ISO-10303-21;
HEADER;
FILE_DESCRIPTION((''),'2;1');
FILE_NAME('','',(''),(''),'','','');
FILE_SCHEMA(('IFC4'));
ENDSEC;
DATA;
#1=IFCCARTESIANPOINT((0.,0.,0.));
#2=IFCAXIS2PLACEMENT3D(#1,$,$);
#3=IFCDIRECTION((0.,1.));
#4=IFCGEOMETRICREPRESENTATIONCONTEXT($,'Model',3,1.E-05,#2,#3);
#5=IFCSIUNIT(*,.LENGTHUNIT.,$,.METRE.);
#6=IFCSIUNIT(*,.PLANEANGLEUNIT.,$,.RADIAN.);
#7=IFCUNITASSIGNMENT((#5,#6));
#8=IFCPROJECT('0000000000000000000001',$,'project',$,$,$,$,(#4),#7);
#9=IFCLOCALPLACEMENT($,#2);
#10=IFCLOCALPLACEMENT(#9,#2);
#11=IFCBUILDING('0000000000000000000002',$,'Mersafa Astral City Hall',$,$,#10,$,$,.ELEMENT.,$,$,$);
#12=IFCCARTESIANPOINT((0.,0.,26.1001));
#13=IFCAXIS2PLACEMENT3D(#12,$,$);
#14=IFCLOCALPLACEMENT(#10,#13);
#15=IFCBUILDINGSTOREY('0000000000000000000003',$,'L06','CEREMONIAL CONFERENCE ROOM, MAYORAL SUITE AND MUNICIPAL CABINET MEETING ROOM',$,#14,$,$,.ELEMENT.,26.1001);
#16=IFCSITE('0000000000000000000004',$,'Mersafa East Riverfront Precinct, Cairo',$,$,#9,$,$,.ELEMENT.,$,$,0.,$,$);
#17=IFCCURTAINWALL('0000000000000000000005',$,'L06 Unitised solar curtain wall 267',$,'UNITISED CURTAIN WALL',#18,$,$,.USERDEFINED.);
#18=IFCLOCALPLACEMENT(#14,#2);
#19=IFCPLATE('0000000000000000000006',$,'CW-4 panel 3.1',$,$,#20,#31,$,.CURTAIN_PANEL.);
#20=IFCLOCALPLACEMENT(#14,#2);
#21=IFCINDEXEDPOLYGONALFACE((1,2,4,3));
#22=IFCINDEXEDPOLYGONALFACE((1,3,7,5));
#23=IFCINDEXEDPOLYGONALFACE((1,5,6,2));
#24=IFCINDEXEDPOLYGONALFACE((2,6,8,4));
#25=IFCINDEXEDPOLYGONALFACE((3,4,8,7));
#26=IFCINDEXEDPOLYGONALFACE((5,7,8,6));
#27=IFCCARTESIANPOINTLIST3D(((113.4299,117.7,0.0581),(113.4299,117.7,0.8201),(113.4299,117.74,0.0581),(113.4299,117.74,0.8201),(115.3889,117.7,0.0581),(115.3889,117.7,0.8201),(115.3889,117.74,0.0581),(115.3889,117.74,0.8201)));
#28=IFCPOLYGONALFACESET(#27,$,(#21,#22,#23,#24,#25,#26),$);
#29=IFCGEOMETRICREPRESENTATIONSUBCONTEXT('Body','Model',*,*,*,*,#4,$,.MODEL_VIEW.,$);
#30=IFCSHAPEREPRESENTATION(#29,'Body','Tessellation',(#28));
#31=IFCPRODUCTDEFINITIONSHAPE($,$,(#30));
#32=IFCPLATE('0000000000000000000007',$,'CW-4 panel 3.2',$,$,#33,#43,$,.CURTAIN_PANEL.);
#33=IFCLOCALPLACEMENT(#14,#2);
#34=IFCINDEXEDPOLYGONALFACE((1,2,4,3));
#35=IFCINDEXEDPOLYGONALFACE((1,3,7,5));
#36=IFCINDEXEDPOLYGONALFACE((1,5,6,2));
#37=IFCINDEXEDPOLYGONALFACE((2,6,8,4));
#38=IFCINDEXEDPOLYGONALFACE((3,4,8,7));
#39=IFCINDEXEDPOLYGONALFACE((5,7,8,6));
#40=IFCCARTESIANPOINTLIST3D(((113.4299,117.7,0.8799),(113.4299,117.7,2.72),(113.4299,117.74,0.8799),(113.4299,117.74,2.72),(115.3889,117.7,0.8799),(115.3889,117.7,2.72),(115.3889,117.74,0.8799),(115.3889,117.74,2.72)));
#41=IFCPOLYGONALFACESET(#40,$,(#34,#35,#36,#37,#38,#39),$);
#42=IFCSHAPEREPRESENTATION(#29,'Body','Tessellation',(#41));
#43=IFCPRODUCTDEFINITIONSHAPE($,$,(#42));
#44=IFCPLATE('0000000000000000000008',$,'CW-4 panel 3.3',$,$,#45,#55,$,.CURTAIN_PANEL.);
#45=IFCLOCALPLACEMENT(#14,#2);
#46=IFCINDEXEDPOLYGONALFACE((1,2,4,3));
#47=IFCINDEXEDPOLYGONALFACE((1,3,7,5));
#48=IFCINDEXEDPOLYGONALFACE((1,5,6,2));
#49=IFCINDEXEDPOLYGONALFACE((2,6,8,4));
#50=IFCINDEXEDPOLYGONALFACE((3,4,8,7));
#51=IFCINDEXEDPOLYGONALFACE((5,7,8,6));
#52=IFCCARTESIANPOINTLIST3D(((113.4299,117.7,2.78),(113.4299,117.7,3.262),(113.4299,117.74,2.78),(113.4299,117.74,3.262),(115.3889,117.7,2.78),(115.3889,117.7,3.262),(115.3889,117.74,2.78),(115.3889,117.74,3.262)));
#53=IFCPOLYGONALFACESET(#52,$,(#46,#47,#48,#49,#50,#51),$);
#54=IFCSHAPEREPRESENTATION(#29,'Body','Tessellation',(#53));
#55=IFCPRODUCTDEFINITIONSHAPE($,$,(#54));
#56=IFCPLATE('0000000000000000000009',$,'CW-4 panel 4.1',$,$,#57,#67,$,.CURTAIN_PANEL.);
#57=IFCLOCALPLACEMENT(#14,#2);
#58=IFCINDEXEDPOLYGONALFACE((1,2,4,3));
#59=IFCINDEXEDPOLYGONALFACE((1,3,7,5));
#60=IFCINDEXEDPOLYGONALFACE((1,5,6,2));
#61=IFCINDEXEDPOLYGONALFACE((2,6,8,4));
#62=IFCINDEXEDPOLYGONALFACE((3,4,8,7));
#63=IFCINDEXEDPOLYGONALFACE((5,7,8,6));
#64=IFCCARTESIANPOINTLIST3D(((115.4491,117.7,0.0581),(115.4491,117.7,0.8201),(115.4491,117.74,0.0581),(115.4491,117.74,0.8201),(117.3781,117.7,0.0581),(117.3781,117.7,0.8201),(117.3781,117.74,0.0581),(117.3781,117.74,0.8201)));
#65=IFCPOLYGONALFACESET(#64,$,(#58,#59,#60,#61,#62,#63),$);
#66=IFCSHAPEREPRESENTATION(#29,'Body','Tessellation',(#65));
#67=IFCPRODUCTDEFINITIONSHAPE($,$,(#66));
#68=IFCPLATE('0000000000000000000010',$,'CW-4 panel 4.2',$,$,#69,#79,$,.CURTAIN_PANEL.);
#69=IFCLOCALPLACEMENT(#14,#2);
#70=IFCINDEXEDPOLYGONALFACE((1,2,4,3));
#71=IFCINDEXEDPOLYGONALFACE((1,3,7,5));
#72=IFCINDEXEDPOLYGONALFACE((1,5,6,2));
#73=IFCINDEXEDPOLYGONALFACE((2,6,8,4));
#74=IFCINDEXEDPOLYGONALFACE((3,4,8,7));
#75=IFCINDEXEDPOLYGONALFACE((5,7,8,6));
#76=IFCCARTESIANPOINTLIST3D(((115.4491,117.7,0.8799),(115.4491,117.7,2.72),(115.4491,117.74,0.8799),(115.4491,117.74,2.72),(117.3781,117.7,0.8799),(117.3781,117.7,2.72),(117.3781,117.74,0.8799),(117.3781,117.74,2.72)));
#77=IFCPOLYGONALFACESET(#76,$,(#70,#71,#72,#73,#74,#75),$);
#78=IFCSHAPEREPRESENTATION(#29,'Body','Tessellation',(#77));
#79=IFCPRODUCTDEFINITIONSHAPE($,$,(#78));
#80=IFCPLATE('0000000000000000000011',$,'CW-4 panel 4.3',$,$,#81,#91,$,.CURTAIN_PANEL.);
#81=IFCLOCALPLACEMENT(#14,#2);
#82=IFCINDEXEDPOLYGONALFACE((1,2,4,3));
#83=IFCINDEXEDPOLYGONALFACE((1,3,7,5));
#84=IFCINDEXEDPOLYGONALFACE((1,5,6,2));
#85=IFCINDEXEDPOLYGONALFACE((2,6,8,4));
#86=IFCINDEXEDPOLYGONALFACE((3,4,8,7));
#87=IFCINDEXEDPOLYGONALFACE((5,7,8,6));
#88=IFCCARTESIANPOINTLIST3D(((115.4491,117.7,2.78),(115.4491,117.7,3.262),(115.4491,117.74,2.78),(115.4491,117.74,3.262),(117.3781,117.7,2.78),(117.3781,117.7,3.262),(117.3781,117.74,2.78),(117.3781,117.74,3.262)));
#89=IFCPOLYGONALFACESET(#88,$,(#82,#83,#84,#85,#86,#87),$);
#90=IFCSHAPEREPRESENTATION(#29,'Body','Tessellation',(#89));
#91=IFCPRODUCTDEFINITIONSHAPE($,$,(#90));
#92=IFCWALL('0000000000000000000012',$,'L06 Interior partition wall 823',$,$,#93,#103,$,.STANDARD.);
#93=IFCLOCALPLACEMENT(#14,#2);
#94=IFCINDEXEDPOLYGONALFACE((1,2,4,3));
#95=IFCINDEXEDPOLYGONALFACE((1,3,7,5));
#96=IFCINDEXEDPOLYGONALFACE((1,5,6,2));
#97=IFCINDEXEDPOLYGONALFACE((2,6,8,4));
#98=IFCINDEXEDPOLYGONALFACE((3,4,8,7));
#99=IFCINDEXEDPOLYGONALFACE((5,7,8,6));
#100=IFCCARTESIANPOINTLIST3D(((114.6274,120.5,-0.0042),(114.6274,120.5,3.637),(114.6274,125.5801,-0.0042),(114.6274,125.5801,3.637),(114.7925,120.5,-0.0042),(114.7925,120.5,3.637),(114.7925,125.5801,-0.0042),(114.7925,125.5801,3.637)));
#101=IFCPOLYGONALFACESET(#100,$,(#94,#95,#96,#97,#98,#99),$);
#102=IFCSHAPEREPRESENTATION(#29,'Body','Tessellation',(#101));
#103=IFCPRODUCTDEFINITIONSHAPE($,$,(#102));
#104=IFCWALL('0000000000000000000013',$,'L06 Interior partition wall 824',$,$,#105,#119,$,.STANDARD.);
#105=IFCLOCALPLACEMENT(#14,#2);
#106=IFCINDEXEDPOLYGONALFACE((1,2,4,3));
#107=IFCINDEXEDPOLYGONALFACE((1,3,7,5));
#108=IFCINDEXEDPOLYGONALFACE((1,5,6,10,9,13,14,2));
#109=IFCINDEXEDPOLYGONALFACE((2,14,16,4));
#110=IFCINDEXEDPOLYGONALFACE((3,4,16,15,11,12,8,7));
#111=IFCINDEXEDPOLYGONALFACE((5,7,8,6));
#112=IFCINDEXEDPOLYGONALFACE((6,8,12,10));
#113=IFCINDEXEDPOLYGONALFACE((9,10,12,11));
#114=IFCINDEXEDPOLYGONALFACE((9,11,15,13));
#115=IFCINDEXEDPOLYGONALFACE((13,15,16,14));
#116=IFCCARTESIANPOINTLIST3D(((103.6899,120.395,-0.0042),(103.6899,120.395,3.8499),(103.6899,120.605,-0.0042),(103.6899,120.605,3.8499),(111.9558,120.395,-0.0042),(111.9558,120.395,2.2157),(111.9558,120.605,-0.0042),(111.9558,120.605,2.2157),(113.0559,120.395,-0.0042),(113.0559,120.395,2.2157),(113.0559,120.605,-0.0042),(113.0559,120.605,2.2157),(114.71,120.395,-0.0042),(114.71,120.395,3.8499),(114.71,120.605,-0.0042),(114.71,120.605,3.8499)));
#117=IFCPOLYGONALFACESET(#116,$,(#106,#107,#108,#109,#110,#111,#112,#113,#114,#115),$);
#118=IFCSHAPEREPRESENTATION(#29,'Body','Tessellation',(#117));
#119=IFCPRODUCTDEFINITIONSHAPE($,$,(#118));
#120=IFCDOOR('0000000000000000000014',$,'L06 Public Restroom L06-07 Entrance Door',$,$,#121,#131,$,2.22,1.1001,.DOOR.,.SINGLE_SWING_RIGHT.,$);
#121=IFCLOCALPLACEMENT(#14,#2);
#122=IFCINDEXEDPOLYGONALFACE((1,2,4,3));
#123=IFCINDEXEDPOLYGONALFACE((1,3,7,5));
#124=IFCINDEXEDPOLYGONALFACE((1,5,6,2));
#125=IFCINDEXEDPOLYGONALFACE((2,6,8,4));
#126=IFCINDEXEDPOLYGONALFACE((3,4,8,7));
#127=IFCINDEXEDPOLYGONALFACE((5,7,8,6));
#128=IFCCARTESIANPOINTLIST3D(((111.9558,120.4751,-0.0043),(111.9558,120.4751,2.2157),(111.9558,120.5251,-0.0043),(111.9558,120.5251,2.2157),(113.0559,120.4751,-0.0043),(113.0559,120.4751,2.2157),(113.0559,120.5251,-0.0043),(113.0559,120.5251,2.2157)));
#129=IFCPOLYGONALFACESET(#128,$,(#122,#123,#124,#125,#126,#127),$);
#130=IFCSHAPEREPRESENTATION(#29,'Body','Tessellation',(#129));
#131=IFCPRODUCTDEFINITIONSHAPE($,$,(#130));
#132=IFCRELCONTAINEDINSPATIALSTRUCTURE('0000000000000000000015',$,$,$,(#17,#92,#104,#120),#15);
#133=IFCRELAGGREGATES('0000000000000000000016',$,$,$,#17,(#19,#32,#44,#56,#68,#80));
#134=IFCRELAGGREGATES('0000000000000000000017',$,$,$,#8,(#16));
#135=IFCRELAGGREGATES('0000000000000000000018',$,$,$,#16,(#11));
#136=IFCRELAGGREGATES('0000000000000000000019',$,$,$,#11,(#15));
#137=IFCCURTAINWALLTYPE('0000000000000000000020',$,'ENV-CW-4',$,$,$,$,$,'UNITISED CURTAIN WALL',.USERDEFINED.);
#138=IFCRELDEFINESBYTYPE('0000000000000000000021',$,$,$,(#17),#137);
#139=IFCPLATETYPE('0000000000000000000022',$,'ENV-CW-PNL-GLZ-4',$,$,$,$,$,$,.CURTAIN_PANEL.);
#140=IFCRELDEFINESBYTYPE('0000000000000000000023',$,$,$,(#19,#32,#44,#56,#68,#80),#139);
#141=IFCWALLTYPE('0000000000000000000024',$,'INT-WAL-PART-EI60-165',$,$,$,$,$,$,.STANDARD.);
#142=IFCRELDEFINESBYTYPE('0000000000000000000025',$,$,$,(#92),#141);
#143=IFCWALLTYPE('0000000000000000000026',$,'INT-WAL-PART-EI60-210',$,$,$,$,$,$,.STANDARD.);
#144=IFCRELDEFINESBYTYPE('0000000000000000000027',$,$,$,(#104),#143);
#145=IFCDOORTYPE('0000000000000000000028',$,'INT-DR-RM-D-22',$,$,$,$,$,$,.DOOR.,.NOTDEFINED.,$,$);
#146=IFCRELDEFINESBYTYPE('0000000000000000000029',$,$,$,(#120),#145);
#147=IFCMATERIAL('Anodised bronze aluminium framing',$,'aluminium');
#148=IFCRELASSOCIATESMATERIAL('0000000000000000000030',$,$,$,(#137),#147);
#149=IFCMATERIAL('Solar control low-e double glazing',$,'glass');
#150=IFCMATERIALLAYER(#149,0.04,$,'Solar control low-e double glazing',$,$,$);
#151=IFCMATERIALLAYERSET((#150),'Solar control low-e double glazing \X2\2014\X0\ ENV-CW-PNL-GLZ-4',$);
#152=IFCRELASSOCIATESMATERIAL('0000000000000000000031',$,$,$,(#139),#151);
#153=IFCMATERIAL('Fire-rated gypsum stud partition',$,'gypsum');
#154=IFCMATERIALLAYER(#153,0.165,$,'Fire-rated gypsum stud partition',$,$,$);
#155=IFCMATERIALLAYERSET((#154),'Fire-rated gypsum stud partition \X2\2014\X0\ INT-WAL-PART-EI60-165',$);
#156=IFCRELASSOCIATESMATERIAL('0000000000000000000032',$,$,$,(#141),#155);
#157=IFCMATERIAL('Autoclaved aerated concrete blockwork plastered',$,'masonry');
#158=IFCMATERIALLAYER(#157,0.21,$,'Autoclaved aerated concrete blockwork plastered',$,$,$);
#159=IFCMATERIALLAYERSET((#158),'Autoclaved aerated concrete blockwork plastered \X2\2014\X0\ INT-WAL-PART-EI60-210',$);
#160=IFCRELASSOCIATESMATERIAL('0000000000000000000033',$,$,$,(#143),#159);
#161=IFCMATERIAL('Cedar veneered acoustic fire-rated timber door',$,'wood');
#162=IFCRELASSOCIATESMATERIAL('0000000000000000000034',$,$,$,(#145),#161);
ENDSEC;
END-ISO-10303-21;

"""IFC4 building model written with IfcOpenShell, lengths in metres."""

from ifc_helpers import new_model, si_unit, direction, frame, frame_2d, origin, origin_2d, place, context, subcontext, project, spatial, rectangle, extrude, material, layer, layer_set, type_object, element, fill, aggregate, save


model = new_model("IFC4")

# Units and contexts
model_context = context("Model", 3, precision=1e-05, world=origin(), true_north=direction((0.0, 1.0)))
body_context = subcontext(model_context, "Body", "Model", "MODEL_VIEW")
ifc_project = project(units=[si_unit("LENGTHUNIT", "METRE"), si_unit("PLANEANGLEUNIT", "RADIAN")], contexts=[model_context])

# Site, building, storey
site_placement = place(None, origin())
site = spatial("IfcSite", under=ifc_project, at=site_placement, Name="Mersafa East Riverfront Precinct, Cairo", CompositionType="ELEMENT", RefElevation=0.0)
building_placement = place(site_placement, origin())
building = spatial("IfcBuilding", under=site, at=building_placement, Name="Mersafa Astral City Hall", CompositionType="ELEMENT")
storey_placement = place(building_placement, frame((0.0, 0.0, 26.1001)))
storey = spatial("IfcBuildingStorey", under=building, at=storey_placement, Name="L06", Description="CEREMONIAL CONFERENCE ROOM, MAYORAL SUITE AND MUNICIPAL CABINET MEETING ROOM", CompositionType="ELEMENT", Elevation=26.1001)

# Curtain wall
ifc_material_1 = material(Name="Anodised bronze aluminium framing", Category="aluminium")
curtain_wall_type_1 = type_object("IfcCurtainWallType", Name="ENV-CW-4", ElementType="UNITISED CURTAIN WALL", PredefinedType="USERDEFINED", material=ifc_material_1)
curtain_wall_1_placement = place(storey_placement, origin())
curtain_wall_1 = element("IfcCurtainWall", 1, at=curtain_wall_1_placement, inside=storey, type_object=curtain_wall_type_1, Name="L06 Unitised solar curtain wall 267", ObjectType="UNITISED CURTAIN WALL", PredefinedType="USERDEFINED")

# Shared definitions
ifc_material_2 = material(Name="Solar control low-e double glazing", Category="glass")

# Plates
ifc_layer_1 = layer(ifc_material_2, 0.04, Name="Solar control low-e double glazing")
ifc_layer_set_1 = layer_set([ifc_layer_1], Name="Solar control low-e double glazing — ENV-CW-PNL-GLZ-4")
plate_type_1 = type_object("IfcPlateType", Name="ENV-CW-PNL-GLZ-4", PredefinedType="CURTAIN_PANEL", material=ifc_layer_set_1)
plate_1_placement = place(storey_placement, frame((114.4094, 117.72, 0.0581), z_axis=(0.0, 0.0, 1.0), x_axis=(1.0, 0.0, 0.0)))
plate_1 = element("IfcPlate", 2, at=plate_1_placement, type_object=plate_type_1, Name="CW-4 panel 3.1", PredefinedType="CURTAIN_PANEL", context=body_context, shape_type="SweptSolid", body=[
    extrude(rectangle(XDim=1.959, YDim=0.04, at=origin_2d()), origin(), (0.0, 0.0, 1.0), 0.762),
])
plate_2_placement = place(storey_placement, frame((114.4094, 117.72, 0.8799), z_axis=(0.0, 0.0, 1.0), x_axis=(1.0, 0.0, 0.0)))
plate_2 = element("IfcPlate", 3, at=plate_2_placement, type_object=plate_type_1, Name="CW-4 panel 3.2", PredefinedType="CURTAIN_PANEL", context=body_context, shape_type="SweptSolid", body=[
    extrude(rectangle(XDim=1.959, YDim=0.04, at=origin_2d()), origin(), (0.0, 0.0, 1.0), 1.8401),
])
plate_3_placement = place(storey_placement, frame((114.4094, 117.72, 2.78), z_axis=(0.0, 0.0, 1.0), x_axis=(1.0, 0.0, 0.0)))
plate_3 = element("IfcPlate", 4, at=plate_3_placement, type_object=plate_type_1, Name="CW-4 panel 3.3", PredefinedType="CURTAIN_PANEL", context=body_context, shape_type="SweptSolid", body=[
    extrude(rectangle(XDim=1.959, YDim=0.04, at=origin_2d()), origin(), (0.0, 0.0, 1.0), 0.4819),
])
plate_4_placement = place(storey_placement, frame((116.4136, 117.72, 0.0581), z_axis=(0.0, 0.0, 1.0), x_axis=(1.0, 0.0, 0.0)))
plate_4 = element("IfcPlate", 5, at=plate_4_placement, type_object=plate_type_1, Name="CW-4 panel 4.1", PredefinedType="CURTAIN_PANEL", context=body_context, shape_type="SweptSolid", body=[
    extrude(rectangle(XDim=1.929, YDim=0.04, at=origin_2d()), origin(), (0.0, 0.0, 1.0), 0.762),
])
plate_5_placement = place(storey_placement, frame((116.4136, 117.72, 0.8799), z_axis=(0.0, 0.0, 1.0), x_axis=(1.0, 0.0, 0.0)))
plate_5 = element("IfcPlate", 6, at=plate_5_placement, type_object=plate_type_1, Name="CW-4 panel 4.2", PredefinedType="CURTAIN_PANEL", context=body_context, shape_type="SweptSolid", body=[
    extrude(rectangle(XDim=1.929, YDim=0.04, at=origin_2d()), origin(), (0.0, 0.0, 1.0), 1.8401),
])
plate_6_placement = place(storey_placement, frame((116.4136, 117.72, 2.78), z_axis=(0.0, 0.0, 1.0), x_axis=(1.0, 0.0, 0.0)))
plate_6 = element("IfcPlate", 7, at=plate_6_placement, type_object=plate_type_1, Name="CW-4 panel 4.3", PredefinedType="CURTAIN_PANEL", context=body_context, shape_type="SweptSolid", body=[
    extrude(rectangle(XDim=1.929, YDim=0.04, at=origin_2d()), origin(), (0.0, 0.0, 1.0), 0.4819),
])
aggregate(curtain_wall_1, [plate_1, plate_2, plate_3, plate_4, plate_5, plate_6])

# Wall
ifc_material_3 = material(Name="Fire-rated gypsum stud partition", Category="gypsum")
ifc_layer_2 = layer(ifc_material_3, 0.165, Name="Fire-rated gypsum stud partition")
ifc_layer_set_2 = layer_set([ifc_layer_2], Name="Fire-rated gypsum stud partition — INT-WAL-PART-EI60-165")
wall_type_1 = type_object("IfcWallType", Name="INT-WAL-PART-EI60-165", PredefinedType="STANDARD", material=ifc_layer_set_2)
wall_1_placement = place(storey_placement, frame((114.71, 125.5801, -0.0042), z_axis=(0.0, 0.0, 1.0), x_axis=(0.0, -1.0, 0.0)))
element("IfcWall", 8, at=wall_1_placement, inside=storey, type_object=wall_type_1, Name="L06 Interior partition wall 823", PredefinedType="STANDARD", context=body_context, shape_type="SweptSolid", body=[
    extrude(rectangle(XDim=5.0801, YDim=0.165, at=frame_2d((2.54, 0.0))), origin(), (0.0, 0.0, 1.0), 3.6411),
])

# Wall, opening, door
ifc_material_4 = material(Name="Autoclaved aerated concrete blockwork plastered", Category="masonry")
ifc_layer_3 = layer(ifc_material_4, 0.21, Name="Autoclaved aerated concrete blockwork plastered")
ifc_layer_set_3 = layer_set([ifc_layer_3], Name="Autoclaved aerated concrete blockwork plastered — INT-WAL-PART-EI60-210")
wall_type_2 = type_object("IfcWallType", Name="INT-WAL-PART-EI60-210", PredefinedType="STANDARD", material=ifc_layer_set_3)
wall_2_placement = place(storey_placement, frame((114.71, 120.5, -0.0042), z_axis=(0.0, 0.0, 1.0), x_axis=(-1.0, 0.0, 0.0)))
wall_2 = element("IfcWall", 9, at=wall_2_placement, inside=storey, type_object=wall_type_2, Name="L06 Interior partition wall 824", PredefinedType="STANDARD", context=body_context, shape_type="SweptSolid", body=[
    extrude(rectangle(XDim=11.02, YDim=0.21, at=frame_2d((5.51, 0.0))), origin(), (0.0, 0.0, 1.0), 3.854),
])
opening_placement = place(wall_2_placement, frame((1.6541, 0.0, 0.0)))
opening = element("IfcOpeningElement", 10, at=opening_placement, cuts=wall_2, PredefinedType="OPENING", context=body_context, shape_type="SweptSolid", body=[
    extrude(rectangle(XDim=1.1001, YDim=2.22, at=frame_2d((0.55, 1.1099))), frame((0.0, 0.115, 0.0), z_axis=(0.0, -1.0, 0.0), x_axis=(1.0, 0.0, 0.0)), (0.0, 0.0, 1.0), 0.23),
])
ifc_material_5 = material(Name="Cedar veneered acoustic fire-rated timber door", Category="wood")
door_type = type_object("IfcDoorType", Name="INT-DR-RM-D-22", OperationType="NOTDEFINED", PredefinedType="DOOR", material=ifc_material_5)
door_placement = place(opening_placement, origin())
door = element("IfcDoor", 11, at=door_placement, inside=storey, type_object=door_type, Name="L06 Public Restroom L06-07 Entrance Door", OperationType="SINGLE_SWING_RIGHT", OverallHeight=2.22, OverallWidth=1.1001, PredefinedType="DOOR", context=body_context, shape_type="SweptSolid", body=[
    extrude(rectangle(XDim=1.1001, YDim=2.22, at=frame_2d((0.55, 1.1099))), frame((0.0, 0.0249, 0.0), z_axis=(0.0, -1.0, 0.0), x_axis=(1.0, 0.0, 0.0)), (0.0, 0.0, 1.0), 0.05),
])
fill(opening, door)

save(model, "model.ifc")
